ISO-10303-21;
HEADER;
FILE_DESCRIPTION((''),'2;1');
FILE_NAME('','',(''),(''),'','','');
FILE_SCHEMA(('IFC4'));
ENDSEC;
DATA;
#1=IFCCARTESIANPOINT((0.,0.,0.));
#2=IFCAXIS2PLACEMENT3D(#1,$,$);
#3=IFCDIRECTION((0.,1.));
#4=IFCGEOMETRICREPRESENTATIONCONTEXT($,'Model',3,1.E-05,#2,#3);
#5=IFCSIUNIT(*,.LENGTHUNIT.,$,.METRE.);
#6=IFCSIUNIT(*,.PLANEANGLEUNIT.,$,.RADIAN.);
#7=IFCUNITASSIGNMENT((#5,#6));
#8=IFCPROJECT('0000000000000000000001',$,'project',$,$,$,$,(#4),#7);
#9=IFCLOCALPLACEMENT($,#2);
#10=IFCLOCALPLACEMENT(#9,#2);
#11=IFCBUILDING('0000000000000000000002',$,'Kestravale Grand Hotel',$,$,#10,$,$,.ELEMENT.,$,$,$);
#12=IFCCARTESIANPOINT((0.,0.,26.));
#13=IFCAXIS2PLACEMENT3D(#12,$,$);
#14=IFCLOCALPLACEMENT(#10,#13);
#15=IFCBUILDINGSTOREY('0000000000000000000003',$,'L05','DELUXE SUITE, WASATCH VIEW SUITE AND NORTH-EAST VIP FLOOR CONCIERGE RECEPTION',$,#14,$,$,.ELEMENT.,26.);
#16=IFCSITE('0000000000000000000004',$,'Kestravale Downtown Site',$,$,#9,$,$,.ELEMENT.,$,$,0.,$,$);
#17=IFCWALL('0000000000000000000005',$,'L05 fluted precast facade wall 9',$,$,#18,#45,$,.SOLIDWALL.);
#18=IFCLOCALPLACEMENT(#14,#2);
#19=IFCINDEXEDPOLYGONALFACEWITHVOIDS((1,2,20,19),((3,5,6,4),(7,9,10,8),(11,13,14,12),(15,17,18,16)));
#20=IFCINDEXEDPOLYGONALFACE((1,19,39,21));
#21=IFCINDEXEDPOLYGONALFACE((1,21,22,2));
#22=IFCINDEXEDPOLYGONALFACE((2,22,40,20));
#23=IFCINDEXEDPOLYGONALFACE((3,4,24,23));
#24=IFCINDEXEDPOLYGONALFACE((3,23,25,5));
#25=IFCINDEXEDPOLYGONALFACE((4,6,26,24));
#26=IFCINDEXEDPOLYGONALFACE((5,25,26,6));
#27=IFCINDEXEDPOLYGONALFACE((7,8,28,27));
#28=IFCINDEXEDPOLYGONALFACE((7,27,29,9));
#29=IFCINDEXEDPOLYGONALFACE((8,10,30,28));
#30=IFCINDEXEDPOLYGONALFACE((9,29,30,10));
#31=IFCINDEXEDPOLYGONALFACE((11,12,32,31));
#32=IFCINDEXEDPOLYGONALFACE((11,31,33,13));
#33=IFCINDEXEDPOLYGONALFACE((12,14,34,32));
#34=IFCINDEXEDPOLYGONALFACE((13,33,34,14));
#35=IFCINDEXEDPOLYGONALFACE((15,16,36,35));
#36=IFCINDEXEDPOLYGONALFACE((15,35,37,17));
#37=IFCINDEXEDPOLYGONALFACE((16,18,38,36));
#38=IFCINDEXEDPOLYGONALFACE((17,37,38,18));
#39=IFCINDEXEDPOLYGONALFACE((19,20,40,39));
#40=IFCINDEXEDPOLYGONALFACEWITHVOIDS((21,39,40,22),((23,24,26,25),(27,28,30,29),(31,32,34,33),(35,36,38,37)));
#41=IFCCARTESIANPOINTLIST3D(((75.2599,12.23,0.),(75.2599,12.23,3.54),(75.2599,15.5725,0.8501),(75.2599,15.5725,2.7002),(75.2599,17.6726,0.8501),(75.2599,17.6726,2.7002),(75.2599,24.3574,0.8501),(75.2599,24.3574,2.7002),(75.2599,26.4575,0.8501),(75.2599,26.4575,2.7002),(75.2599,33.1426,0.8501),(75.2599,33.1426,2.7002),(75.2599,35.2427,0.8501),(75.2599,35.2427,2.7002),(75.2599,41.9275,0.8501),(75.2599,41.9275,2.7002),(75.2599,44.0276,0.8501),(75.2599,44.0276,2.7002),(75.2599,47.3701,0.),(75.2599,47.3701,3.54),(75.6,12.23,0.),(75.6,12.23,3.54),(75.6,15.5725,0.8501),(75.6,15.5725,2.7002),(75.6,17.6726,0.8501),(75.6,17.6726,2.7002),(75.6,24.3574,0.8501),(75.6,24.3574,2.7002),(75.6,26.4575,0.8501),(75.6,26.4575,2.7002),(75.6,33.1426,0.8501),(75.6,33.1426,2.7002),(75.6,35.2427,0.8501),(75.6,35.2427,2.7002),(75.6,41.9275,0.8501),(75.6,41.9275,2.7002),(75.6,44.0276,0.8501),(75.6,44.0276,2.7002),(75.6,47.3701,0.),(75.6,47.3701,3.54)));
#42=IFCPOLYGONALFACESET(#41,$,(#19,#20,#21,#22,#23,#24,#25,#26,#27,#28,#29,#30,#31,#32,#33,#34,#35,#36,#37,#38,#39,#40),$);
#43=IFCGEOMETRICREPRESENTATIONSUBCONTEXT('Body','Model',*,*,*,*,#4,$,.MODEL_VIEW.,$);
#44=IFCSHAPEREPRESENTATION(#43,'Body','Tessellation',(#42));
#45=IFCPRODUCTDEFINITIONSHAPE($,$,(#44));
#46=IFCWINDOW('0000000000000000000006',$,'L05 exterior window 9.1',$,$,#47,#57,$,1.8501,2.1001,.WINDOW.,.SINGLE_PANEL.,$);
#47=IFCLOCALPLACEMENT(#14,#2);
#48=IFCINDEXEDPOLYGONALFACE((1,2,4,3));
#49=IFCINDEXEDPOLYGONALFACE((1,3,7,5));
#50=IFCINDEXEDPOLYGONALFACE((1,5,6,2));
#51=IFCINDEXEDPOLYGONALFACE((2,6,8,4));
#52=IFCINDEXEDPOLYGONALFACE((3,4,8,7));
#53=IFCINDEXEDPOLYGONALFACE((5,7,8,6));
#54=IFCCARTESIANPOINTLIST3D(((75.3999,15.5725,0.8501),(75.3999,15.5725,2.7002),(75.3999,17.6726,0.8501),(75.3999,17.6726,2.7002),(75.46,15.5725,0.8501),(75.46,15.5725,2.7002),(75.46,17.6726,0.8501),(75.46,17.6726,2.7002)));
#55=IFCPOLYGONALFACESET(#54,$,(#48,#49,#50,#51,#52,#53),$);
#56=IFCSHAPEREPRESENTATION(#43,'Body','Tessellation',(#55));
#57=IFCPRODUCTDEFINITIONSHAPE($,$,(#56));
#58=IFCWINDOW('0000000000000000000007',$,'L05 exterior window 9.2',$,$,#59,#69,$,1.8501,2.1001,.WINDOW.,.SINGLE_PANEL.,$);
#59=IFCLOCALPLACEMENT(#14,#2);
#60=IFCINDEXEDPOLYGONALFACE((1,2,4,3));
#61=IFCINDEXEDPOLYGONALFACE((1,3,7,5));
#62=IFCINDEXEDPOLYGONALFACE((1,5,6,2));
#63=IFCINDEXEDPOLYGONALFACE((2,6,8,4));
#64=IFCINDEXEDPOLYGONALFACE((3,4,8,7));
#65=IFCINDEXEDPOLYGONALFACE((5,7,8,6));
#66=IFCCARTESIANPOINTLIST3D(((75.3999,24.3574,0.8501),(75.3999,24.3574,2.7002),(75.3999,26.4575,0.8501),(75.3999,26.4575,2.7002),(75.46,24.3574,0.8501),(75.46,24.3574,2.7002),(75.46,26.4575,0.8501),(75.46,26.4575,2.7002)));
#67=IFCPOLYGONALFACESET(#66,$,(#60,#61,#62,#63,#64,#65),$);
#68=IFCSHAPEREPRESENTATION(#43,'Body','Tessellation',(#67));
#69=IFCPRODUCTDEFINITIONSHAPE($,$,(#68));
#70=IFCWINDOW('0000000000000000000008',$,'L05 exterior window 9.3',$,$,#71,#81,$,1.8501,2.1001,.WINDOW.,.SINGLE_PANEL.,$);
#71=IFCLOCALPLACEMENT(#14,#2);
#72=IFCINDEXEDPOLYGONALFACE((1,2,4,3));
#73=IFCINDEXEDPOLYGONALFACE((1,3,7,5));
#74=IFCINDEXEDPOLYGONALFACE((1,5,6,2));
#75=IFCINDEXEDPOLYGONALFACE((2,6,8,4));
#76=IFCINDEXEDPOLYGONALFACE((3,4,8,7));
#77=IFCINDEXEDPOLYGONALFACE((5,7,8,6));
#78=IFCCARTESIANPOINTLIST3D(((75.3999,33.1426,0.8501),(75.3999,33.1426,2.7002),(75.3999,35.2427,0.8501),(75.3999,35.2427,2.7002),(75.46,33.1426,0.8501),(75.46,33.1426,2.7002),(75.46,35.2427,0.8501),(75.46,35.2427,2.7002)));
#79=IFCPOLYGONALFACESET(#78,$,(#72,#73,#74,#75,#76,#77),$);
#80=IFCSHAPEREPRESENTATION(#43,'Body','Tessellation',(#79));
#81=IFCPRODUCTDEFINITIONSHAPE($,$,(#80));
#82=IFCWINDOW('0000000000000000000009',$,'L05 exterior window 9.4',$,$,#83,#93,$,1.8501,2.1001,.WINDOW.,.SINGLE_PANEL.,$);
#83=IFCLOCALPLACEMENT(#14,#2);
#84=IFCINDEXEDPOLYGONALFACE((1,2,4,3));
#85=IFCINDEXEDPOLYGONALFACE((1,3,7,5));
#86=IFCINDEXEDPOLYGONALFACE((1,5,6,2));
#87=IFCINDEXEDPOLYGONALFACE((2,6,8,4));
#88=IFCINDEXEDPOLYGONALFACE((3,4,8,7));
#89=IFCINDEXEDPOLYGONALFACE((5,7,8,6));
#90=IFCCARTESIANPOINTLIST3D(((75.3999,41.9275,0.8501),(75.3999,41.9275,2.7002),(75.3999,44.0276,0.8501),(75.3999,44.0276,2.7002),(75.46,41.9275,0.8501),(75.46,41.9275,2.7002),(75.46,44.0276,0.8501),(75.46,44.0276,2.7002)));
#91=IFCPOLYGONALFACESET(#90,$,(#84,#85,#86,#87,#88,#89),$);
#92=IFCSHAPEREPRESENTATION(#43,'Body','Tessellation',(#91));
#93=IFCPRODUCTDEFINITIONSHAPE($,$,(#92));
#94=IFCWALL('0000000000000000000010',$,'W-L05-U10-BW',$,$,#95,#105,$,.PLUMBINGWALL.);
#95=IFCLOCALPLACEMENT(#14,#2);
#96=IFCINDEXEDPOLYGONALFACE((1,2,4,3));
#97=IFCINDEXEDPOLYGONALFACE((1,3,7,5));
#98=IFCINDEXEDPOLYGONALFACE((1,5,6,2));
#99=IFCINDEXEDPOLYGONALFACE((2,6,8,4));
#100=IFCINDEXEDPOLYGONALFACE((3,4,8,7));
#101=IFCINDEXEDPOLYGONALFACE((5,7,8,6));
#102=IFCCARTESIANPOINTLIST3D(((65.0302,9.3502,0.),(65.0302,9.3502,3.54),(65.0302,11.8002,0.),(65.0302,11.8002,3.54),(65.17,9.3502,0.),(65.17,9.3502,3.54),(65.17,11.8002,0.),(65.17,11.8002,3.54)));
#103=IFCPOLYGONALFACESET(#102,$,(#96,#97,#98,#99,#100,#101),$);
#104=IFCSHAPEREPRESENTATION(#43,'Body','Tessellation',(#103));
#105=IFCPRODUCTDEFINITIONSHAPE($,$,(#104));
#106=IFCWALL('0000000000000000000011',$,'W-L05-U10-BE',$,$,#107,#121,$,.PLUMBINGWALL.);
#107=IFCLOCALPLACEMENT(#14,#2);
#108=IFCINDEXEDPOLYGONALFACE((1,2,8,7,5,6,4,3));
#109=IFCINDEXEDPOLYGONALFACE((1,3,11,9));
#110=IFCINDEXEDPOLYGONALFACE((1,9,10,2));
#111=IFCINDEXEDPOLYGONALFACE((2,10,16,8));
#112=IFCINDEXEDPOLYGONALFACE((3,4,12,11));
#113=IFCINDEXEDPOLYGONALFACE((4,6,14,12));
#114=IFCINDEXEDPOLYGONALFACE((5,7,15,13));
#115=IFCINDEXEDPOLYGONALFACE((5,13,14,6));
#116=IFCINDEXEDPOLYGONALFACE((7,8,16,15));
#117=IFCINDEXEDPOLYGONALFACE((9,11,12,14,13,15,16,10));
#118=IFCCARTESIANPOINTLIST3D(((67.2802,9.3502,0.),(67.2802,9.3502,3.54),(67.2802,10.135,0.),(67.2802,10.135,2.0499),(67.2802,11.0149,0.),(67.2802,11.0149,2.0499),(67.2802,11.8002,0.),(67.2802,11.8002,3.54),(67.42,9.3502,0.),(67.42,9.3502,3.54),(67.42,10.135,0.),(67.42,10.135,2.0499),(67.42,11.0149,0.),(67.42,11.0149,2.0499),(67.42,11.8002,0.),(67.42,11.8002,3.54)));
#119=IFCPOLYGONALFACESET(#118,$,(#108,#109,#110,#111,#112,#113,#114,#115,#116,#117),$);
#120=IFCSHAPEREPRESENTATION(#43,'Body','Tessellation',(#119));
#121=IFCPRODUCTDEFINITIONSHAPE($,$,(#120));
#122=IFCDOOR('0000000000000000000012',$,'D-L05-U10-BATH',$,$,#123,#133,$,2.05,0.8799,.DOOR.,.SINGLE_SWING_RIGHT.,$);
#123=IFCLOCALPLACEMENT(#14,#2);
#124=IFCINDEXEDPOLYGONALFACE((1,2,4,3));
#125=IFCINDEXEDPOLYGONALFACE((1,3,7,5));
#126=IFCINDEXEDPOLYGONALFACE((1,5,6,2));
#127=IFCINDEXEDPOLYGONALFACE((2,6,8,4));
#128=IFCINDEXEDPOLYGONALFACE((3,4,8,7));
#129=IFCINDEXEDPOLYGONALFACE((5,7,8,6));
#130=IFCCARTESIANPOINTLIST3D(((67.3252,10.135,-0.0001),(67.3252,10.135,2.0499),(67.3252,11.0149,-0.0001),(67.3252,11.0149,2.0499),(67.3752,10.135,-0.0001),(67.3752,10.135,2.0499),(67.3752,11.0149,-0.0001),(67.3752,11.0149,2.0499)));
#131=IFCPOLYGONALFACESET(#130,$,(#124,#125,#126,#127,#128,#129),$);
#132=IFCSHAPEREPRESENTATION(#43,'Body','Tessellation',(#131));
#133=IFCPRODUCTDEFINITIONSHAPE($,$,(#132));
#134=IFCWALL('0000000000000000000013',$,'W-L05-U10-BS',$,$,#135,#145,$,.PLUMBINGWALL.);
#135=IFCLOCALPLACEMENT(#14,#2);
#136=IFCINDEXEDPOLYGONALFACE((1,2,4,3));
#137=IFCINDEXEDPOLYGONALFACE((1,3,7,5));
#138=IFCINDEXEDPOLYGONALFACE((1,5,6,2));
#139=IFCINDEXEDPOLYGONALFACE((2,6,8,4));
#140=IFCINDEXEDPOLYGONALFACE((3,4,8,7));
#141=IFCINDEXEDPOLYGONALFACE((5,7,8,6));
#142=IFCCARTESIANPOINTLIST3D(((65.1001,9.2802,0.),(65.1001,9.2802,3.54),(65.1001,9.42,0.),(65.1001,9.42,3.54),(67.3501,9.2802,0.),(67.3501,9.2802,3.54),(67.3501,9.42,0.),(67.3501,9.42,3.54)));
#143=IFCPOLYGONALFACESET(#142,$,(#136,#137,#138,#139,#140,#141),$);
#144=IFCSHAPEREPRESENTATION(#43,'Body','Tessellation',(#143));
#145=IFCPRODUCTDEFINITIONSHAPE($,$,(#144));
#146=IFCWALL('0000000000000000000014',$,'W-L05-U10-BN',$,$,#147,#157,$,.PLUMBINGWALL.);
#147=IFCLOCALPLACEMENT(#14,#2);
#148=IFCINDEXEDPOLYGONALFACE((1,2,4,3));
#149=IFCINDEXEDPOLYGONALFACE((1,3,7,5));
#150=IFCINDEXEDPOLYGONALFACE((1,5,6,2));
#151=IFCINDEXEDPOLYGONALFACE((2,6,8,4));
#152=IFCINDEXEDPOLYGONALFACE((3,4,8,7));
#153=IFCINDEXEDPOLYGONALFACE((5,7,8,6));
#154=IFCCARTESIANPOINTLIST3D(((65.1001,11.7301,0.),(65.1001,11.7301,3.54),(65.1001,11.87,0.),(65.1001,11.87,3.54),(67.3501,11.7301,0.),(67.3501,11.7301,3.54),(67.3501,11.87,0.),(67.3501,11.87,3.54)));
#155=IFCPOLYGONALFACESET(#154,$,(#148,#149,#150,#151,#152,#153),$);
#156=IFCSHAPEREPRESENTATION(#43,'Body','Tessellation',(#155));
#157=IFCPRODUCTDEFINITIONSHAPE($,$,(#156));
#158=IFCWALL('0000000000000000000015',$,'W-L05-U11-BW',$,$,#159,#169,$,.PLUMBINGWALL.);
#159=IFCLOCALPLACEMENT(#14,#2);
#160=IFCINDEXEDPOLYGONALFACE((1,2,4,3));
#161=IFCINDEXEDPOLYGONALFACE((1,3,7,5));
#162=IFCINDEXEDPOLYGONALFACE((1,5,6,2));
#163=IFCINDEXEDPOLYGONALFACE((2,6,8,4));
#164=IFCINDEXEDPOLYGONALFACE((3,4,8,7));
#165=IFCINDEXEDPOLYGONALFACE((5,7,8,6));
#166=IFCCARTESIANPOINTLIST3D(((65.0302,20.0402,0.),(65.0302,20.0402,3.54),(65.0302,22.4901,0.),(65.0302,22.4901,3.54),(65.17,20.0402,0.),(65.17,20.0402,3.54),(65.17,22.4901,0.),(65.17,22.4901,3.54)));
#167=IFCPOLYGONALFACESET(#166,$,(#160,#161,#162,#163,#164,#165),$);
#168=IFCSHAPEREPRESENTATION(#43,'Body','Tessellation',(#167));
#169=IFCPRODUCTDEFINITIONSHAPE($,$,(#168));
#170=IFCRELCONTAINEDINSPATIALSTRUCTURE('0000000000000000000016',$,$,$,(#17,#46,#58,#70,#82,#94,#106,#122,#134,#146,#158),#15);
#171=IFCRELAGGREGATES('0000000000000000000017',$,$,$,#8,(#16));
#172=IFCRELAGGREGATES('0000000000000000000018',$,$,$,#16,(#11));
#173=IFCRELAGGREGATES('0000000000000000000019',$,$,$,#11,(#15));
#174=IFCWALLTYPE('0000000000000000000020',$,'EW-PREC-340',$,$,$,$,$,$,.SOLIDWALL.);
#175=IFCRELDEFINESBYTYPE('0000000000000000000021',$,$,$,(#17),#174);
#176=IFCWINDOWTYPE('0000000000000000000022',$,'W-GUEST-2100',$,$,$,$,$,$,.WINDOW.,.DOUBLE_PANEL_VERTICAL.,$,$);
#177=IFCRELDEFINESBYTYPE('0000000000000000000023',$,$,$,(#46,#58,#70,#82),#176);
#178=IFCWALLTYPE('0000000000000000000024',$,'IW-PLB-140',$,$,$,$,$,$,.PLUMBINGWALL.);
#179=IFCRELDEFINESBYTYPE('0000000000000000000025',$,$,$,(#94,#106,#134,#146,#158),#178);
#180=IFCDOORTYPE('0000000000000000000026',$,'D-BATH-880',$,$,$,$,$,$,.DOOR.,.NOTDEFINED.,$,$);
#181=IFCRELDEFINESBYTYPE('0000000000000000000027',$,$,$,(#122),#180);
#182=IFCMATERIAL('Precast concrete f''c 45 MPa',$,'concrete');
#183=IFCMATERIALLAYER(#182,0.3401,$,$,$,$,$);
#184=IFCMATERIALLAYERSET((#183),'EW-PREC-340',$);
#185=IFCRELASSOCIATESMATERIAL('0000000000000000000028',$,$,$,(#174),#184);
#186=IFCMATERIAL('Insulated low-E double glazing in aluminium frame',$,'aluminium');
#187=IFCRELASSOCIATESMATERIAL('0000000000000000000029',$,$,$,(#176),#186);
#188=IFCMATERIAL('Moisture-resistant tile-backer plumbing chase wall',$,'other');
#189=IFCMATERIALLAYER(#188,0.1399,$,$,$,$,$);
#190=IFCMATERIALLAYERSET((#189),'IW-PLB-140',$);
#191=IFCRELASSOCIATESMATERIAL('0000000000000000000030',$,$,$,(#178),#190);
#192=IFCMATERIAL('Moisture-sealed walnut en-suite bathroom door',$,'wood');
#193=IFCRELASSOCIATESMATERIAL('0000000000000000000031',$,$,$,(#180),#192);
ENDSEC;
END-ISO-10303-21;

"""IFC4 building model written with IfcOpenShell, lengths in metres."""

from ifc_helpers import new_model, si_unit, direction, frame, frame_2d, origin, place, context, subcontext, project, spatial, rectangle, extrude, material, layer, layer_set, type_object, element, fill, save


model = new_model("IFC4")

# Units and contexts
model_context = context("Model", 3, precision=1e-05, world=origin(), true_north=direction((0.0, 1.0)))
body_context = subcontext(model_context, "Body", "Model", "MODEL_VIEW")
ifc_project = project(units=[si_unit("LENGTHUNIT", "METRE"), si_unit("PLANEANGLEUNIT", "RADIAN")], contexts=[model_context])

# Site, building, storey
site_placement = place(None, origin())
site = spatial("IfcSite", under=ifc_project, at=site_placement, Name="Kestravale Downtown Site", CompositionType="ELEMENT", RefElevation=0.0)
building_placement = place(site_placement, origin())
building = spatial("IfcBuilding", under=site, at=building_placement, Name="Kestravale Grand Hotel", CompositionType="ELEMENT")
storey_placement = place(building_placement, frame((0.0, 0.0, 26.0)))
storey = spatial("IfcBuildingStorey", under=building, at=storey_placement, Name="L05", Description="DELUXE SUITE, WASATCH VIEW SUITE AND NORTH-EAST VIP FLOOR CONCIERGE RECEPTION", CompositionType="ELEMENT", Elevation=26.0)

# Shared definitions
ifc_material_1 = material(Name="Precast concrete f'c 45 MPa", Category="concrete")
ifc_layer_1 = layer(ifc_material_1, 0.3401)
ifc_layer_set_1 = layer_set([ifc_layer_1], Name="EW-PREC-340")
wall_type_1 = type_object("IfcWallType", Name="EW-PREC-340", PredefinedType="SOLIDWALL", material=ifc_layer_set_1)
ifc_material_2 = material(Name="Insulated low-E double glazing in aluminium frame", Category="aluminium")
window_type = type_object("IfcWindowType", Name="W-GUEST-2100", PartitioningType="DOUBLE_PANEL_VERTICAL", PredefinedType="WINDOW", material=ifc_material_2)

# Wall, openings, windows
wall_1_placement = place(storey_placement, frame((75.4299, 12.23, 0.0), z_axis=(0.0, 0.0, 1.0), x_axis=(0.0, 1.0, 0.0)))
wall_1 = element("IfcWall", 1, at=wall_1_placement, inside=storey, type_object=wall_type_1, Name="L05 fluted precast facade wall 9", PredefinedType="SOLIDWALL", context=body_context, shape_type="SweptSolid", body=[
    extrude(rectangle(XDim=35.1401, YDim=0.3401, at=frame_2d((17.5701, 0.0))), origin(), (0.0, 0.0, 1.0), 3.54),
])
opening_1_placement = place(wall_1_placement, frame((3.3425, 0.0, 0.8501)))
opening_1 = element("IfcOpeningElement", 2, at=opening_1_placement, cuts=wall_1, PredefinedType="OPENING", context=body_context, shape_type="SweptSolid", body=[
    extrude(rectangle(XDim=2.1001, YDim=1.8501, at=frame_2d((1.05, 0.925))), frame((0.0, 0.1799, 0.0), z_axis=(0.0, -1.0, 0.0), x_axis=(1.0, 0.0, 0.0)), (0.0, 0.0, 1.0), 0.3601),
])
opening_2_placement = place(wall_1_placement, frame((12.1274, 0.0, 0.8501)))
opening_2 = element("IfcOpeningElement", 3, at=opening_2_placement, cuts=wall_1, PredefinedType="OPENING", context=body_context, shape_type="SweptSolid", body=[
    extrude(rectangle(XDim=2.1001, YDim=1.8501, at=frame_2d((1.05, 0.925))), frame((0.0, 0.1799, 0.0), z_axis=(0.0, -1.0, 0.0), x_axis=(1.0, 0.0, 0.0)), (0.0, 0.0, 1.0), 0.3601),
])
opening_3_placement = place(wall_1_placement, frame((20.9126, 0.0, 0.8501)))
opening_3 = element("IfcOpeningElement", 4, at=opening_3_placement, cuts=wall_1, PredefinedType="OPENING", context=body_context, shape_type="SweptSolid", body=[
    extrude(rectangle(XDim=2.1001, YDim=1.8501, at=frame_2d((1.05, 0.925))), frame((0.0, 0.1799, 0.0), z_axis=(0.0, -1.0, 0.0), x_axis=(1.0, 0.0, 0.0)), (0.0, 0.0, 1.0), 0.3601),
])
opening_4_placement = place(wall_1_placement, frame((29.6975, 0.0, 0.8501)))
opening_4 = element("IfcOpeningElement", 5, at=opening_4_placement, cuts=wall_1, PredefinedType="OPENING", context=body_context, shape_type="SweptSolid", body=[
    extrude(rectangle(XDim=2.1001, YDim=1.8501, at=frame_2d((1.05, 0.925))), frame((0.0, 0.1799, 0.0), z_axis=(0.0, -1.0, 0.0), x_axis=(1.0, 0.0, 0.0)), (0.0, 0.0, 1.0), 0.3601),
])
window_1_placement = place(opening_1_placement, origin())
window_1 = element("IfcWindow", 6, at=window_1_placement, inside=storey, type_object=window_type, Name="L05 exterior window 9.1", OverallHeight=1.8501, OverallWidth=2.1001, PartitioningType="SINGLE_PANEL", PredefinedType="WINDOW", context=body_context, shape_type="SweptSolid", body=[
    extrude(rectangle(XDim=2.1001, YDim=1.8501, at=frame_2d((1.05, 0.925))), frame((0.0, 0.03, 0.0), z_axis=(0.0, -1.0, 0.0), x_axis=(1.0, 0.0, 0.0)), (0.0, 0.0, 1.0), 0.0601),
])
fill(opening_1, window_1)
window_2_placement = place(opening_2_placement, origin())
window_2 = element("IfcWindow", 7, at=window_2_placement, inside=storey, type_object=window_type, Name="L05 exterior window 9.2", OverallHeight=1.8501, OverallWidth=2.1001, PartitioningType="SINGLE_PANEL", PredefinedType="WINDOW", context=body_context, shape_type="SweptSolid", body=[
    extrude(rectangle(XDim=2.1001, YDim=1.8501, at=frame_2d((1.05, 0.925))), frame((0.0, 0.03, 0.0), z_axis=(0.0, -1.0, 0.0), x_axis=(1.0, 0.0, 0.0)), (0.0, 0.0, 1.0), 0.0601),
])
fill(opening_2, window_2)
window_3_placement = place(opening_3_placement, origin())
window_3 = element("IfcWindow", 8, at=window_3_placement, inside=storey, type_object=window_type, Name="L05 exterior window 9.3", OverallHeight=1.8501, OverallWidth=2.1001, PartitioningType="SINGLE_PANEL", PredefinedType="WINDOW", context=body_context, shape_type="SweptSolid", body=[
    extrude(rectangle(XDim=2.1001, YDim=1.8501, at=frame_2d((1.05, 0.925))), frame((0.0, 0.03, 0.0), z_axis=(0.0, -1.0, 0.0), x_axis=(1.0, 0.0, 0.0)), (0.0, 0.0, 1.0), 0.0601),
])
fill(opening_3, window_3)
window_4_placement = place(opening_4_placement, origin())
window_4 = element("IfcWindow", 9, at=window_4_placement, inside=storey, type_object=window_type, Name="L05 exterior window 9.4", OverallHeight=1.8501, OverallWidth=2.1001, PartitioningType="SINGLE_PANEL", PredefinedType="WINDOW", context=body_context, shape_type="SweptSolid", body=[
    extrude(rectangle(XDim=2.1001, YDim=1.8501, at=frame_2d((1.05, 0.925))), frame((0.0, 0.03, 0.0), z_axis=(0.0, -1.0, 0.0), x_axis=(1.0, 0.0, 0.0)), (0.0, 0.0, 1.0), 0.0601),
])
fill(opening_4, window_4)

# Wall
ifc_material_3 = material(Name="Moisture-resistant tile-backer plumbing chase wall", Category="other")
ifc_layer_2 = layer(ifc_material_3, 0.1399)
ifc_layer_set_2 = layer_set([ifc_layer_2], Name="IW-PLB-140")
wall_type_2 = type_object("IfcWallType", Name="IW-PLB-140", PredefinedType="PLUMBINGWALL", material=ifc_layer_set_2)
wall_2_placement = place(storey_placement, frame((65.1001, 9.3501, 0.0), z_axis=(0.0, 0.0, 1.0), x_axis=(0.0, 1.0, 0.0)))
element("IfcWall", 10, at=wall_2_placement, inside=storey, type_object=wall_type_2, Name="W-L05-U10-BW", PredefinedType="PLUMBINGWALL", context=body_context, shape_type="SweptSolid", body=[
    extrude(rectangle(XDim=2.45, YDim=0.1399, at=frame_2d((1.2251, 0.0))), origin(), (0.0, 0.0, 1.0), 3.54),
])

# Wall, opening, door
wall_3_placement = place(storey_placement, frame((67.3501, 9.3501, 0.0), z_axis=(0.0, 0.0, 1.0), x_axis=(0.0, 1.0, 0.0)))
wall_3 = element("IfcWall", 11, at=wall_3_placement, inside=storey, type_object=wall_type_2, Name="W-L05-U10-BE", PredefinedType="PLUMBINGWALL", context=body_context, shape_type="SweptSolid", body=[
    extrude(rectangle(XDim=2.45, YDim=0.1399, at=frame_2d((1.2251, 0.0))), origin(), (0.0, 0.0, 1.0), 3.54),
])
opening_5_placement = place(wall_3_placement, frame((0.7849, 0.0, 0.0)))
opening_5 = element("IfcOpeningElement", 12, at=opening_5_placement, cuts=wall_3, PredefinedType="OPENING", context=body_context, shape_type="SweptSolid", body=[
    extrude(rectangle(XDim=0.8799, YDim=2.05, at=frame_2d((0.4399, 1.0249))), frame((0.0, 0.0798, 0.0), z_axis=(0.0, -1.0, 0.0), x_axis=(1.0, 0.0, 0.0)), (0.0, 0.0, 1.0), 0.1599),
])
ifc_material_4 = material(Name="Moisture-sealed walnut en-suite bathroom door", Category="wood")
door_type = type_object("IfcDoorType", Name="D-BATH-880", OperationType="NOTDEFINED", PredefinedType="DOOR", material=ifc_material_4)
door_1_placement = place(opening_5_placement, origin())
door_1 = element("IfcDoor", 13, at=door_1_placement, inside=storey, type_object=door_type, Name="D-L05-U10-BATH", OperationType="SINGLE_SWING_RIGHT", OverallHeight=2.05, OverallWidth=0.8799, PredefinedType="DOOR", context=body_context, shape_type="SweptSolid", body=[
    extrude(rectangle(XDim=0.8799, YDim=2.05, at=frame_2d((0.4399, 1.0249))), frame((0.0, 0.0249, 0.0), z_axis=(0.0, -1.0, 0.0), x_axis=(1.0, 0.0, 0.0)), (0.0, 0.0, 1.0), 0.05),
])
fill(opening_5, door_1)

# Walls
for number, where, z_axis, x_axis, name in (
    (14, (65.1001, 9.3501, 0.0), (0.0, 0.0, 1.0), (1.0, 0.0, 0.0), "W-L05-U10-BS"),
    (15, (65.1001, 11.8, 0.0), (0.0, 0.0, 1.0), (1.0, 0.0, 0.0), "W-L05-U10-BN"),
):
    element("IfcWall", number, at=place(storey_placement, frame(where, z_axis=z_axis, x_axis=x_axis)), inside=storey, type_object=wall_type_2, Name=name, PredefinedType="PLUMBINGWALL", context=body_context, shape_type="SweptSolid", body=[
        extrude(rectangle(XDim=2.25, YDim=0.1399, at=frame_2d((1.125, 0.0))), origin(), (0.0, 0.0, 1.0), 3.54),
    ])
wall_4_placement = place(storey_placement, frame((65.1001, 20.04, 0.0), z_axis=(0.0, 0.0, 1.0), x_axis=(0.0, 1.0, 0.0)))
element("IfcWall", 16, at=wall_4_placement, inside=storey, type_object=wall_type_2, Name="W-L05-U11-BW", PredefinedType="PLUMBINGWALL", context=body_context, shape_type="SweptSolid", body=[
    extrude(rectangle(XDim=2.45, YDim=0.1399, at=frame_2d((1.2251, 0.0))), origin(), (0.0, 0.0, 1.0), 3.54),
])

save(model, "model.ifc")
